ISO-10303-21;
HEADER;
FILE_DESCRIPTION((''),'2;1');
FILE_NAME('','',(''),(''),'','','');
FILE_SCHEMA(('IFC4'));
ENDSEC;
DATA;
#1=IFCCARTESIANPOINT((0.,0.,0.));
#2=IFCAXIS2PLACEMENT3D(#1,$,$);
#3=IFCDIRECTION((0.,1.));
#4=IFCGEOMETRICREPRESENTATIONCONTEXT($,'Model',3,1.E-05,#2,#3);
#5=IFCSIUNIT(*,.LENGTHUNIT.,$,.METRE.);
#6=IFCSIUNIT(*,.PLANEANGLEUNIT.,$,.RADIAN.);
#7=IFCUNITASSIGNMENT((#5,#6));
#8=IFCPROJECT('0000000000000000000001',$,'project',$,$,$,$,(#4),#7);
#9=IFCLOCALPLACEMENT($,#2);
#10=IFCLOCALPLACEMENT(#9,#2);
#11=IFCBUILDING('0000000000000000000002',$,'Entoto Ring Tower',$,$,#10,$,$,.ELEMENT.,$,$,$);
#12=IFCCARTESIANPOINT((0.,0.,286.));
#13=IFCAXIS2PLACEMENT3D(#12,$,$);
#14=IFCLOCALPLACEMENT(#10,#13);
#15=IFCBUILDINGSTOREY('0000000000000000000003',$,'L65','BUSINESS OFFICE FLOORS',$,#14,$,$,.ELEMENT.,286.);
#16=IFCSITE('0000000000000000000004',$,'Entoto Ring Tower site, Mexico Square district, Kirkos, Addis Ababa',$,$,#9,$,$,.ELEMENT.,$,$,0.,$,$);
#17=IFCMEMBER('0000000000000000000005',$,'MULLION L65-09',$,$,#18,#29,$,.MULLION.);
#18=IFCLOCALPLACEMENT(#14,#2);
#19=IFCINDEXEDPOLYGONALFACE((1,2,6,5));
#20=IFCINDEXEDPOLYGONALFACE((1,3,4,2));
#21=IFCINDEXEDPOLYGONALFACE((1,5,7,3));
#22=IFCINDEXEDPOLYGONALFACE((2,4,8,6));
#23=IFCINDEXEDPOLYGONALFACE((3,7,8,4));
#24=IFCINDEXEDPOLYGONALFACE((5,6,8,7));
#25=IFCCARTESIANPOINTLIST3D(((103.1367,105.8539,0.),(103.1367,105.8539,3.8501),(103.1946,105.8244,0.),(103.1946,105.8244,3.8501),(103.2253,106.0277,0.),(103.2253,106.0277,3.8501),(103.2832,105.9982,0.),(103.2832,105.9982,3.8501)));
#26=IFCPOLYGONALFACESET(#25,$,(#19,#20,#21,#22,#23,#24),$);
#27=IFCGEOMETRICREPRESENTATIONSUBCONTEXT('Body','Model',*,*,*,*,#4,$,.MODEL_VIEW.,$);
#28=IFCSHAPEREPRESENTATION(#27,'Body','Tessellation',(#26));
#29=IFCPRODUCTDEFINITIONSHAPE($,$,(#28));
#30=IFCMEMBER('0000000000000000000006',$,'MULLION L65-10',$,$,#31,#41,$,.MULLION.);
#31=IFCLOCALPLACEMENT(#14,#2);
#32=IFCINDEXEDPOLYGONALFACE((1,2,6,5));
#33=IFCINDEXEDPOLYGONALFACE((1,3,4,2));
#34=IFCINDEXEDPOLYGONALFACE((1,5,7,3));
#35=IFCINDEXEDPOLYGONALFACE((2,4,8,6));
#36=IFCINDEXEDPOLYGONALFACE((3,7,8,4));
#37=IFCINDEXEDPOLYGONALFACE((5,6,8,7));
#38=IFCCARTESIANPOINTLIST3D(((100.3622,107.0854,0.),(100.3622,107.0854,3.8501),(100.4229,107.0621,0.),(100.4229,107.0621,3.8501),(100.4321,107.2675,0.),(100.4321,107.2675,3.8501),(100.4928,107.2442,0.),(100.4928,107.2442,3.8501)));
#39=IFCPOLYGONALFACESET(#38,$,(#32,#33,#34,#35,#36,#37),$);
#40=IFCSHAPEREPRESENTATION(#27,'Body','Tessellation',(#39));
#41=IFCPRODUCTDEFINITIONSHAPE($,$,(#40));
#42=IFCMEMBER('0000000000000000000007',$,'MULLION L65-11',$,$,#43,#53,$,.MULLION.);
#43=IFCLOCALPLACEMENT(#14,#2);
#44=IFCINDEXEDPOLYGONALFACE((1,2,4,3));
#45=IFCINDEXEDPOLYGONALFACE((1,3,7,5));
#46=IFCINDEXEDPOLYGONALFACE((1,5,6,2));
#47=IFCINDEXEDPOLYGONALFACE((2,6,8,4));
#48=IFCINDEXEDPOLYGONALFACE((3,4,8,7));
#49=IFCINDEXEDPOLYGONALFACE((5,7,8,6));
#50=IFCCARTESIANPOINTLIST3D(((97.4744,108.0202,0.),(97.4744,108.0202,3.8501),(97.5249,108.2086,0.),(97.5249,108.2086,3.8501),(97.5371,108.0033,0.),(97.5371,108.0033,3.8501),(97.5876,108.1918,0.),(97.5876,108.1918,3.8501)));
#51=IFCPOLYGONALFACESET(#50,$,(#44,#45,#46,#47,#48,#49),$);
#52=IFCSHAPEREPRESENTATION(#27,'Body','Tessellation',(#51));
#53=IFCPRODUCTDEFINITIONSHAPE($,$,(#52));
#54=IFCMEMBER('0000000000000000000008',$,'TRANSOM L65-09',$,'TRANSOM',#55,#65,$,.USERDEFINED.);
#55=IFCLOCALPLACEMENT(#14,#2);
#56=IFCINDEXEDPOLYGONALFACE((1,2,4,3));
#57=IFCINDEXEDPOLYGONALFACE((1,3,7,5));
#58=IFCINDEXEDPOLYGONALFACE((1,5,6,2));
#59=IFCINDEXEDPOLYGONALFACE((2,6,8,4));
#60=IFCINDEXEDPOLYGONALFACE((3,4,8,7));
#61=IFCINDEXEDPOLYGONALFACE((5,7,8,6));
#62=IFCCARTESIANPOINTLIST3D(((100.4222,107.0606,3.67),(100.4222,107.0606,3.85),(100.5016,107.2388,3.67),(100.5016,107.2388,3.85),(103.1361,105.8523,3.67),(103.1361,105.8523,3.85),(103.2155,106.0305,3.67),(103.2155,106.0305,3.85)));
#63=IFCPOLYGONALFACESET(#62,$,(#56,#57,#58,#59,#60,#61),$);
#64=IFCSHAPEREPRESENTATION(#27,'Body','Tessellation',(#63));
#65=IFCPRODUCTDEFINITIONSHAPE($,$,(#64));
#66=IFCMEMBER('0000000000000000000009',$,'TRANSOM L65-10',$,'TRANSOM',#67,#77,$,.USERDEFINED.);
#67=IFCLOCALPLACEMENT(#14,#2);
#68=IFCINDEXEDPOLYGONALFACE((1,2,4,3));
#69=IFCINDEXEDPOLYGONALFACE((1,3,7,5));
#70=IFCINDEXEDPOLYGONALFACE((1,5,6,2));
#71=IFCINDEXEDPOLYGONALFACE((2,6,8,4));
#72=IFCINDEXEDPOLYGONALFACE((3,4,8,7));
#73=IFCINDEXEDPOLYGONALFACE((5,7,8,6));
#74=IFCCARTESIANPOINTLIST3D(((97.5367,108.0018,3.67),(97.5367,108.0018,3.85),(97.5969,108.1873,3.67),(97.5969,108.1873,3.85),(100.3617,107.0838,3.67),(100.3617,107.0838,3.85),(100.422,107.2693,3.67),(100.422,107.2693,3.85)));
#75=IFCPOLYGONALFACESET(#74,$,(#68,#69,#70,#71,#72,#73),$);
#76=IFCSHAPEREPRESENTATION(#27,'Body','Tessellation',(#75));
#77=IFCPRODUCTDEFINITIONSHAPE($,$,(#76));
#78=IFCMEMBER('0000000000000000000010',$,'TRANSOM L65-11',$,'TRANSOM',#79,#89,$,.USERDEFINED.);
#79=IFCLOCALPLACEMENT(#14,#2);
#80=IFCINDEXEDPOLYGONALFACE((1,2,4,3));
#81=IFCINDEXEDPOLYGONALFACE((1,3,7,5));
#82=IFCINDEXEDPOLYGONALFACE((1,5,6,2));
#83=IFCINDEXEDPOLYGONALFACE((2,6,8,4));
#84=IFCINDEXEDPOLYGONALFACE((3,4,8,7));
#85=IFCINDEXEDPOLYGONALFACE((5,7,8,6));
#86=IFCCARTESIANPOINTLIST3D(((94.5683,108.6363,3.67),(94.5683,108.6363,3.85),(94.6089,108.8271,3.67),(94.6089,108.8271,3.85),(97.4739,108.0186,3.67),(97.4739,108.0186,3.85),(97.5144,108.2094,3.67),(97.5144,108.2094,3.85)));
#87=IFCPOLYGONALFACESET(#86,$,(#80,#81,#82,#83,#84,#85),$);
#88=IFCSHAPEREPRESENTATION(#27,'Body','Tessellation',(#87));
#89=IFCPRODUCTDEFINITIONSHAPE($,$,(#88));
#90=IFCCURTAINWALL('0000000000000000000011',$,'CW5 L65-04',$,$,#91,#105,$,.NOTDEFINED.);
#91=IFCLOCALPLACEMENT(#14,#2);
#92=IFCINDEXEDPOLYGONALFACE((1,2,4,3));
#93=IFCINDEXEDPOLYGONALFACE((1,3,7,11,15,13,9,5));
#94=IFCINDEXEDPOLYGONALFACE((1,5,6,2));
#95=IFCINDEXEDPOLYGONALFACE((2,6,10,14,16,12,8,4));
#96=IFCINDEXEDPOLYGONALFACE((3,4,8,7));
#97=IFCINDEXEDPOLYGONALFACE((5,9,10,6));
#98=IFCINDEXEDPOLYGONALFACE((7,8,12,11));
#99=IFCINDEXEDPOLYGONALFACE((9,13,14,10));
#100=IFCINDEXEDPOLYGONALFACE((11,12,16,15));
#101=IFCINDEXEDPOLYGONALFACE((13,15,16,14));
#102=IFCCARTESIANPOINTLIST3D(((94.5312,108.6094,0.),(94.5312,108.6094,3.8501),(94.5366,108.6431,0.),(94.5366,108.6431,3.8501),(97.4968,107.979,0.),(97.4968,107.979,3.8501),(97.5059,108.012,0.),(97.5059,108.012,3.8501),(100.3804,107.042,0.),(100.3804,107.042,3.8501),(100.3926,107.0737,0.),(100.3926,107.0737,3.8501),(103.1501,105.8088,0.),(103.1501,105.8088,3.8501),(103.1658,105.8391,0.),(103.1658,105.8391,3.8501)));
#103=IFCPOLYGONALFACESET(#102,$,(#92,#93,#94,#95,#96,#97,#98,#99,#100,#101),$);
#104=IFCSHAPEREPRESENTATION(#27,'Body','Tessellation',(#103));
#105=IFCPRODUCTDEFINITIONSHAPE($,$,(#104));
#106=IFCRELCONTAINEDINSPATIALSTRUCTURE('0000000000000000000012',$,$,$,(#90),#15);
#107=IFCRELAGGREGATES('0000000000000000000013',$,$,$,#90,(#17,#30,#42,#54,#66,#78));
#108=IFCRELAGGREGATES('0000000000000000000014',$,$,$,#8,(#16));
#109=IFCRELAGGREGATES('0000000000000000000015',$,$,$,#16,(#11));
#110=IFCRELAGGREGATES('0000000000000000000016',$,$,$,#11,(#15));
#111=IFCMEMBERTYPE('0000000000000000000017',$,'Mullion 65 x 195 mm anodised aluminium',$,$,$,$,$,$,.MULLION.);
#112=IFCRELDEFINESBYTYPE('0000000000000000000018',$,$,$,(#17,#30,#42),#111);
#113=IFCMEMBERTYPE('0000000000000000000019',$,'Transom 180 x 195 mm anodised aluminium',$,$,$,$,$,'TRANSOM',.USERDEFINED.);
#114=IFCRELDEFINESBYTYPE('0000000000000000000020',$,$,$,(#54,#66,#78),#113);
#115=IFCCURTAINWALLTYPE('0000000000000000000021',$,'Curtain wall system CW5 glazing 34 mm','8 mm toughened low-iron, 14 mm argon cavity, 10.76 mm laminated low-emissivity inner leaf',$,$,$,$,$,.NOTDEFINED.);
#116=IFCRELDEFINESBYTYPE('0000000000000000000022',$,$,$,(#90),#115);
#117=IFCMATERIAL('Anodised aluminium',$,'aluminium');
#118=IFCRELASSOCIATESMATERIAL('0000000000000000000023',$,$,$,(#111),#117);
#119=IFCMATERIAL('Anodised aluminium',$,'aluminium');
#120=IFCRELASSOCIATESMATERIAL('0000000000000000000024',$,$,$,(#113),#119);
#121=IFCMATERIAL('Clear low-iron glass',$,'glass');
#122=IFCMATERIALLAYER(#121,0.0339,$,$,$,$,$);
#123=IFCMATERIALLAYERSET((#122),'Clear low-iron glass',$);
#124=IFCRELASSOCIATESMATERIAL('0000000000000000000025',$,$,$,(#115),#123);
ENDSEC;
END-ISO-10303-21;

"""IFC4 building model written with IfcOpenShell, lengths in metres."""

from ifc_helpers import new_model, si_unit, direction, frame, origin, origin_2d, place, context, subcontext, project, spatial, polyline, rectangle, outline, extrude, material, layer, layer_set, material_profile, profile_set, type_object, element, aggregate, save


model = new_model("IFC4")

# Units and contexts
model_context = context("Model", 3, precision=1e-05, world=origin(), true_north=direction((0.0, 1.0)))
body_context = subcontext(model_context, "Body", "Model", "MODEL_VIEW")
ifc_project = project(units=[si_unit("LENGTHUNIT", "METRE"), si_unit("PLANEANGLEUNIT", "RADIAN")], contexts=[model_context])

# Members
ifc_material_1 = material(Name="Anodised aluminium", Category="aluminium")
ifc_material_profile_1 = material_profile(ifc_material_1, rectangle(XDim=0.0649, YDim=0.1951, at=origin_2d()), Name="Mullion 65 x 195 mm anodised aluminium")
ifc_profile_set_1 = profile_set([ifc_material_profile_1], Name="Anodised aluminium")
member_type_1 = type_object("IfcMemberType", Name="Mullion 65 x 195 mm anodised aluminium", PredefinedType="MULLION", material=ifc_profile_set_1)
site_placement = place(None, origin())
building_placement = place(site_placement, origin())
storey_placement = place(building_placement, frame((0.0, 0.0, 286.0)))
member_1_placement = place(storey_placement, frame((103.21, 105.926, 0.0), z_axis=(0.0, 0.0, 1.0), x_axis=(-0.891007, 0.45399, 0.0)))
member_1 = element("IfcMember", 1, at=member_1_placement, type_object=member_type_1, Name="MULLION L65-09", PredefinedType="MULLION", context=body_context, shape_type="SweptSolid", body=[
    extrude(rectangle(XDim=0.0649, YDim=0.1951, at=origin_2d()), origin(), (0.0, 0.0, 1.0), 3.8501),
])
member_2_placement = place(storey_placement, frame((100.4275, 107.1648, 0.0), z_axis=(0.0, 0.0, 1.0), x_axis=(-0.93358, 0.358368, 0.0)))
member_2 = element("IfcMember", 2, at=member_2_placement, type_object=member_type_1, Name="MULLION L65-10", PredefinedType="MULLION", context=body_context, shape_type="SweptSolid", body=[
    extrude(rectangle(XDim=0.0649, YDim=0.1951, at=origin_2d()), origin(), (0.0, 0.0, 1.0), 3.8501),
])
member_3_placement = place(storey_placement, frame((97.531, 108.106, 0.0), z_axis=(0.0, 0.0, 1.0), x_axis=(-0.965926, 0.258819, 0.0)))
member_3 = element("IfcMember", 3, at=member_3_placement, type_object=member_type_1, Name="MULLION L65-11", PredefinedType="MULLION", context=body_context, shape_type="SweptSolid", body=[
    extrude(rectangle(XDim=0.0649, YDim=0.1951, at=origin_2d()), origin(), (0.0, 0.0, 1.0), 3.8501),
])
ifc_material_2 = material(Name="Anodised aluminium", Category="aluminium")
ifc_material_profile_2 = material_profile(ifc_material_2, rectangle(XDim=0.1951, YDim=0.1799, at=origin_2d()), Name="Transom 180 x 195 mm anodised aluminium")
ifc_profile_set_2 = profile_set([ifc_material_profile_2], Name="Anodised aluminium")
member_type_2 = type_object("IfcMemberType", Name="Transom 180 x 195 mm anodised aluminium", ElementType="TRANSOM", PredefinedType="USERDEFINED", material=ifc_profile_set_2)
member_4_placement = place(storey_placement, frame((103.1758, 105.9414, 3.76), z_axis=(-0.91355, 0.406726, 0.0), x_axis=(-0.406726, -0.91355, 0.0)))
member_4 = element("IfcMember", 4, at=member_4_placement, type_object=member_type_2, Name="TRANSOM L65-09", ObjectType="TRANSOM", PredefinedType="USERDEFINED", context=body_context, shape_type="SweptSolid", body=[
    extrude(rectangle(XDim=0.1951, YDim=0.1799, at=origin_2d()), origin(), (0.0, 0.0, 1.0), 2.9707),
])
member_5_placement = place(storey_placement, frame((100.3918, 107.1765, 3.76), z_axis=(-0.951048, 0.309043, 0.0), x_axis=(-0.309043, -0.951048, 0.0)))
member_5 = element("IfcMember", 5, at=member_5_placement, type_object=member_type_2, Name="TRANSOM L65-10", ObjectType="TRANSOM", PredefinedType="USERDEFINED", context=body_context, shape_type="SweptSolid", body=[
    extrude(rectangle(XDim=0.1951, YDim=0.1799, at=origin_2d()), origin(), (0.0, 0.0, 1.0), 2.9705),
])
member_6_placement = place(storey_placement, frame((97.4941, 108.114, 3.76), z_axis=(-0.978142, 0.20794, 0.0), x_axis=(-0.20794, -0.978142, 0.0)))
member_6 = element("IfcMember", 6, at=member_6_placement, type_object=member_type_2, Name="TRANSOM L65-11", ObjectType="TRANSOM", PredefinedType="USERDEFINED", context=body_context, shape_type="SweptSolid", body=[
    extrude(rectangle(XDim=0.1951, YDim=0.1799, at=origin_2d()), origin(), (0.0, 0.0, 1.0), 2.9705),
])

# Site, building, storey
site = spatial("IfcSite", under=ifc_project, at=site_placement, Name="Entoto Ring Tower site, Mexico Square district, Kirkos, Addis Ababa", CompositionType="ELEMENT", RefElevation=0.0)
building = spatial("IfcBuilding", under=site, at=building_placement, Name="Entoto Ring Tower", CompositionType="ELEMENT")
storey = spatial("IfcBuildingStorey", under=building, at=storey_placement, Name="L65", Description="BUSINESS OFFICE FLOORS", CompositionType="ELEMENT", Elevation=286.0)

# Curtain wall
ifc_material_3 = material(Name="Clear low-iron glass", Category="glass")
ifc_layer = layer(ifc_material_3, 0.0339)
ifc_layer_set = layer_set([ifc_layer], Name="Clear low-iron glass")
curtain_wall_type = type_object("IfcCurtainWallType", Name="Curtain wall system CW5 glazing 34 mm", Description="8 mm toughened low-iron, 14 mm argon cavity, 10.76 mm laminated low-emissivity inner leaf", PredefinedType="NOTDEFINED", material=ifc_layer_set)
curtain_wall_1_placement = place(storey_placement, origin())
curtain_wall_1 = element("IfcCurtainWall", 7, at=curtain_wall_1_placement, inside=storey, type_object=curtain_wall_type, Name="CW5 L65-04", PredefinedType="NOTDEFINED", context=body_context, shape_type="SweptSolid", body=[
    extrude(outline(polyline([(103.1658, 105.8391), (100.3926, 107.0737), (97.5059, 108.012), (94.5366, 108.6431), (94.5312, 108.6094), (97.4968, 107.979), (100.3804, 107.042), (103.1501, 105.8088), (103.1658, 105.8391)])), origin(), (0.0, 0.0, 1.0), 3.8501),
])
aggregate(curtain_wall_1, [member_1, member_2, member_3, member_4, member_5, member_6])

save(model, "model.ifc")
